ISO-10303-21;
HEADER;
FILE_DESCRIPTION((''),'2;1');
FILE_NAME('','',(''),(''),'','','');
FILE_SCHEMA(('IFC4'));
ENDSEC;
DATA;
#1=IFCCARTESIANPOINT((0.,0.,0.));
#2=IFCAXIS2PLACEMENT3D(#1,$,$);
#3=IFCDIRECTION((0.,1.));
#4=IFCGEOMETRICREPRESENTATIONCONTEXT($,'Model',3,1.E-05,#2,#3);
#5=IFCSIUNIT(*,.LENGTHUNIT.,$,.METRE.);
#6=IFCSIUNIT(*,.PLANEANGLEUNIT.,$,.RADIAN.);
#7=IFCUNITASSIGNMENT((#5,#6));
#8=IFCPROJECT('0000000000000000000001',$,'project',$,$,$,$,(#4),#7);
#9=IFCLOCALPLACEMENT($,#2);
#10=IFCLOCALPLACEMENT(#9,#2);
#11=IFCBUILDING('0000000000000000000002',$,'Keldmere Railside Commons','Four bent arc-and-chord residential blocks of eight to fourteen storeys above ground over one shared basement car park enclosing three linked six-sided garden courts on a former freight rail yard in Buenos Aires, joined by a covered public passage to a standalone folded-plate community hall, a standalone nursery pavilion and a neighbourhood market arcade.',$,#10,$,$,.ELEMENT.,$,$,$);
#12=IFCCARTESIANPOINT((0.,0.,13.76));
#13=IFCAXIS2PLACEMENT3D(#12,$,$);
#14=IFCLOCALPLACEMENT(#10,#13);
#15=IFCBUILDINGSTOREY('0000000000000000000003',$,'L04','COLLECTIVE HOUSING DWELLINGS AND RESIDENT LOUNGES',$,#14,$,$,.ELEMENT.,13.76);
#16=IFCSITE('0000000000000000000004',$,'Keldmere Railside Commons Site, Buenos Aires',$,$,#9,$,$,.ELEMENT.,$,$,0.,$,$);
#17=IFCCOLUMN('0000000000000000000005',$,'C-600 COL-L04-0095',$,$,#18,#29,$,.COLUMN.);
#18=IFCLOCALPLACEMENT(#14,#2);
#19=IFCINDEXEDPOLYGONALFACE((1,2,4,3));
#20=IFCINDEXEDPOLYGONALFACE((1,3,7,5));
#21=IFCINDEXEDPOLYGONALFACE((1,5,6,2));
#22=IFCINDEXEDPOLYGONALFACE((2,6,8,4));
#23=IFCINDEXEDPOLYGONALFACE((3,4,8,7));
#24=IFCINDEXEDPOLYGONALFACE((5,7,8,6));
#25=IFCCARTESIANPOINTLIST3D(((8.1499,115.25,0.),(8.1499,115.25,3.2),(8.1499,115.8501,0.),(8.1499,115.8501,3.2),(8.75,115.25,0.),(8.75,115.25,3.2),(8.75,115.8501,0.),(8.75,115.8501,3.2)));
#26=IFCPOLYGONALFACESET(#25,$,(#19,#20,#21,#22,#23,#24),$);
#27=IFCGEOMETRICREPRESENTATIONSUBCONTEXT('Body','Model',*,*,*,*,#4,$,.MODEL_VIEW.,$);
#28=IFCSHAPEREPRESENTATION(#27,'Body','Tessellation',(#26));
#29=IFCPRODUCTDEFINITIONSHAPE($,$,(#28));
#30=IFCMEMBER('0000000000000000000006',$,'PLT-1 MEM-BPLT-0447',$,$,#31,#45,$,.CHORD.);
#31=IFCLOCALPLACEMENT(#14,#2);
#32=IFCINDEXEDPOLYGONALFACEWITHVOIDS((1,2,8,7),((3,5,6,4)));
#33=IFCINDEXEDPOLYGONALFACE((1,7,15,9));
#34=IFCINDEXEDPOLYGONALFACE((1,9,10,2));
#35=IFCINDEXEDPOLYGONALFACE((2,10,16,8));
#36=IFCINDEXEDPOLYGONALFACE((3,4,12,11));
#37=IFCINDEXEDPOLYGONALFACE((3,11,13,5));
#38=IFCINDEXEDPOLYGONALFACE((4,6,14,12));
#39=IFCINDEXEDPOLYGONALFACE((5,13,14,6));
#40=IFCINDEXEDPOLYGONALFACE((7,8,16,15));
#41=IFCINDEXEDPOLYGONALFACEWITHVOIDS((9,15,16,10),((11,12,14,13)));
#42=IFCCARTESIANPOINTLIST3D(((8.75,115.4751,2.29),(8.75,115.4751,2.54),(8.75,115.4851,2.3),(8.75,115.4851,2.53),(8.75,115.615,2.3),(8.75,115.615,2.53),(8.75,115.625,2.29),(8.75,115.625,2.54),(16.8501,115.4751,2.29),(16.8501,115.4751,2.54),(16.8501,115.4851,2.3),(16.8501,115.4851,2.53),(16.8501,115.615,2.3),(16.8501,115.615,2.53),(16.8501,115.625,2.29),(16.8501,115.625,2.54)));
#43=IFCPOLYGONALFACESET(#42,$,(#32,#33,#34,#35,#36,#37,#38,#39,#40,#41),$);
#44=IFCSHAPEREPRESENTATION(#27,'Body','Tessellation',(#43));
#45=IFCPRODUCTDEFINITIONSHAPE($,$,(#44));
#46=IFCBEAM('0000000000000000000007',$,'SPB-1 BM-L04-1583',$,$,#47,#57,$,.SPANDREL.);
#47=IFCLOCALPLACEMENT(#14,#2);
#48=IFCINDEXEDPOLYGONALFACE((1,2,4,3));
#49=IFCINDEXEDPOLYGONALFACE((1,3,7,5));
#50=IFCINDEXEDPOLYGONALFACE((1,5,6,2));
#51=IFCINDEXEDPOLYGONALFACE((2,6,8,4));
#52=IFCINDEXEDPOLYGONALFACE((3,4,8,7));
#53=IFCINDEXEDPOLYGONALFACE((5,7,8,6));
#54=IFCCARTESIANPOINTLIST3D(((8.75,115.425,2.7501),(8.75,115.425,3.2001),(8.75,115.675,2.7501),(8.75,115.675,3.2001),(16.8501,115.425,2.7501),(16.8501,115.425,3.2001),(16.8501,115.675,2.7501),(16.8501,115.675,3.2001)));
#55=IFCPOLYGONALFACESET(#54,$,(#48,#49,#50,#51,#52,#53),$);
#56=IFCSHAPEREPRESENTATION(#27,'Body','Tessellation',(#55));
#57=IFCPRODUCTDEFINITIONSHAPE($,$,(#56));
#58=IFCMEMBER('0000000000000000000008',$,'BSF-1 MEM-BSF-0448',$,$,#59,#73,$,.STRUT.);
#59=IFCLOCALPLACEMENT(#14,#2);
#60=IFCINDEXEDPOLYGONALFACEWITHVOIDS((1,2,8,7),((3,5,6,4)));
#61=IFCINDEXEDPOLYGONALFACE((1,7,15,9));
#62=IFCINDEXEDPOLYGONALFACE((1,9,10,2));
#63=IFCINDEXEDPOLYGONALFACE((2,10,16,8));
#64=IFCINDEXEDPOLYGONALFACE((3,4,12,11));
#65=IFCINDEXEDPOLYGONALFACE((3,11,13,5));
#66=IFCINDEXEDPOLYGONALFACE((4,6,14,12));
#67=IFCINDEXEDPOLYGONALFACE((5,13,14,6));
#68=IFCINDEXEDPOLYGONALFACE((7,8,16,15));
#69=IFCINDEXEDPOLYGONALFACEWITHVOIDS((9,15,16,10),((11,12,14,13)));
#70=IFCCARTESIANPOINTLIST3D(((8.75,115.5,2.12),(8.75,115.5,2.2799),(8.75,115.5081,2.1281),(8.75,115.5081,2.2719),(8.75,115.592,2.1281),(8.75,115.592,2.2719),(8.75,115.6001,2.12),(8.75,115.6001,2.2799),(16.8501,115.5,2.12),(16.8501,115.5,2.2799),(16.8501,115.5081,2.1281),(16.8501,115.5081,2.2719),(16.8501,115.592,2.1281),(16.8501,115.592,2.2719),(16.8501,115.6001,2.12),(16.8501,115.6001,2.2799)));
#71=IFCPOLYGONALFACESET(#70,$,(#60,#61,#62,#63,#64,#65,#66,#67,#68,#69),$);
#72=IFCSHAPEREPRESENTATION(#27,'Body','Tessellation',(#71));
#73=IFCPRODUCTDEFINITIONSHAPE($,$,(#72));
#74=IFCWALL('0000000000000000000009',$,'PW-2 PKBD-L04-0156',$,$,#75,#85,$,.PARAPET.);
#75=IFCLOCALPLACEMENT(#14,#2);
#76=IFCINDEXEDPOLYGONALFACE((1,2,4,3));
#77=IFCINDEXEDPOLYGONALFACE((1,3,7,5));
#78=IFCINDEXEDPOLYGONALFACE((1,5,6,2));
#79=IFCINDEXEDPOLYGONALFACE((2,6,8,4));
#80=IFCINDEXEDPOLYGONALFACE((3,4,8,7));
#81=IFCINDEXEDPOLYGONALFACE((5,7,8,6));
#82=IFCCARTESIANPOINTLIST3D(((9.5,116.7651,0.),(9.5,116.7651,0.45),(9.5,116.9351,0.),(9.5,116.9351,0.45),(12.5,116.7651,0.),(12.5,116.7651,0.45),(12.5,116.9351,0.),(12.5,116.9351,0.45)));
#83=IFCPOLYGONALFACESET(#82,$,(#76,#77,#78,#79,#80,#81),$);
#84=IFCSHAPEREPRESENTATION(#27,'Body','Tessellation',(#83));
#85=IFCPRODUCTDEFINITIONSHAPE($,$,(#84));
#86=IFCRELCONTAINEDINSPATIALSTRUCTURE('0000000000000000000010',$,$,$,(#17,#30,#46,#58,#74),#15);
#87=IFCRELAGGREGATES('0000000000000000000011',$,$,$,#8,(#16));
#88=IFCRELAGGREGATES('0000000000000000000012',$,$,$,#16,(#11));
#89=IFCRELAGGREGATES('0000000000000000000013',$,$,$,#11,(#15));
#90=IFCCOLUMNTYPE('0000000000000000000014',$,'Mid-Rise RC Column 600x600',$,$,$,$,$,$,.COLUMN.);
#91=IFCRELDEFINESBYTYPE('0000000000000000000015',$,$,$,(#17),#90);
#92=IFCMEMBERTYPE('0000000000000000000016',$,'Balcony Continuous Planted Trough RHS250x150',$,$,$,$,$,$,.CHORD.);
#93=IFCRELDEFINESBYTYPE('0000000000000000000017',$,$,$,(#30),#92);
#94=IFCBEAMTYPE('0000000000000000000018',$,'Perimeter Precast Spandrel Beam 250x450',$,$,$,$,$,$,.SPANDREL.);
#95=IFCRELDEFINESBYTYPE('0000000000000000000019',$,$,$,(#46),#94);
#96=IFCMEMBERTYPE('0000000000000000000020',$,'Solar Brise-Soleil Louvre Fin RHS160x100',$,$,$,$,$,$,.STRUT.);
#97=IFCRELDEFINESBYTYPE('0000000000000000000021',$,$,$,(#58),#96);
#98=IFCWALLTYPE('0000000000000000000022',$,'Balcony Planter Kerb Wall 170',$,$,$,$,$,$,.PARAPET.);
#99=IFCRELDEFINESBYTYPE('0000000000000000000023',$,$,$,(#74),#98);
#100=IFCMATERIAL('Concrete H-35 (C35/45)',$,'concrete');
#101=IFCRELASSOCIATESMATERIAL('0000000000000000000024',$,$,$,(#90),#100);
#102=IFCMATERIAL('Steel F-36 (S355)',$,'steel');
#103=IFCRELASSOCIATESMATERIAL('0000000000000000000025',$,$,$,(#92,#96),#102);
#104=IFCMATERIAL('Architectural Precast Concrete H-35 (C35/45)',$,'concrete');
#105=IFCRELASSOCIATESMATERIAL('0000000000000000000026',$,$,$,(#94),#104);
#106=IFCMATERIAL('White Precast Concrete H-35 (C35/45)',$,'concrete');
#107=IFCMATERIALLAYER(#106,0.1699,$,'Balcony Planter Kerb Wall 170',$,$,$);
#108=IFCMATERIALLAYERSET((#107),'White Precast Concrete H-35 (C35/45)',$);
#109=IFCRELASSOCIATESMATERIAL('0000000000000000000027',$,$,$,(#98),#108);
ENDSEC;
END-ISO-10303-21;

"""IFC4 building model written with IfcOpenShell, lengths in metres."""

from ifc_helpers import new_model, si_unit, direction, frame, frame_2d, origin, origin_2d, place, context, subcontext, project, spatial, rectangle, hollow_rectangle, extrude, material, layer, layer_set, material_profile, profile_set, type_object, element, save


model = new_model("IFC4")

# Units and contexts
model_context = context("Model", 3, precision=1e-05, world=origin(), true_north=direction((0.0, 1.0)))
body_context = subcontext(model_context, "Body", "Model", "MODEL_VIEW")
ifc_project = project(units=[si_unit("LENGTHUNIT", "METRE"), si_unit("PLANEANGLEUNIT", "RADIAN")], contexts=[model_context])

# Site, building, storey
site_placement = place(None, origin())
site = spatial("IfcSite", under=ifc_project, at=site_placement, Name="Keldmere Railside Commons Site, Buenos Aires", CompositionType="ELEMENT", RefElevation=0.0)
building_placement = place(site_placement, origin())
building = spatial("IfcBuilding", under=site, at=building_placement, Name="Keldmere Railside Commons", Description="Four bent arc-and-chord residential blocks of eight to fourteen storeys above ground over one shared basement car park enclosing three linked six-sided garden courts on a former freight rail yard in Buenos Aires, joined by a covered public passage to a standalone folded-plate community hall, a standalone nursery pavilion and a neighbourhood market arcade.", CompositionType="ELEMENT")
storey_placement = place(building_placement, frame((0.0, 0.0, 13.76)))
storey = spatial("IfcBuildingStorey", under=building, at=storey_placement, Name="L04", Description="COLLECTIVE HOUSING DWELLINGS AND RESIDENT LOUNGES", CompositionType="ELEMENT", Elevation=13.76)

# Column
ifc_material_1 = material(Name="Concrete H-35 (C35/45)", Category="concrete")
ifc_material_profile_1 = material_profile(ifc_material_1, rectangle(XDim=0.6001, YDim=0.6001, at=origin_2d()), Name="RC-600x600")
ifc_profile_set_1 = profile_set([ifc_material_profile_1], Name="Concrete H-35 (C35/45)")
column_type = type_object("IfcColumnType", Name="Mid-Rise RC Column 600x600", PredefinedType="COLUMN", material=ifc_profile_set_1)
column_placement = place(storey_placement, frame((8.45, 115.55, 0.0), z_axis=(0.0, 0.0, 1.0), x_axis=(1.0, 0.0, 0.0)))
element("IfcColumn", 1, at=column_placement, inside=storey, type_object=column_type, Name="C-600 COL-L04-0095", PredefinedType="COLUMN", context=body_context, shape_type="SweptSolid", body=[
    extrude(rectangle(XDim=0.6001, YDim=0.6001, at=origin_2d()), origin(), (0.0, 0.0, 1.0), 3.2),
])

# Member
ifc_material_2 = material(Name="Steel F-36 (S355)", Category="steel")
ifc_material_profile_2 = material_profile(ifc_material_2, hollow_rectangle(XDim=0.1499, YDim=0.25, WallThickness=0.01, at=origin_2d()), Name="RHS-250x150x10")
ifc_profile_set_2 = profile_set([ifc_material_profile_2], Name="Steel F-36 (S355)")
member_type_1 = type_object("IfcMemberType", Name="Balcony Continuous Planted Trough RHS250x150", PredefinedType="CHORD", material=ifc_profile_set_2)
member_1_placement = place(storey_placement, frame((8.75, 115.55, 2.415), z_axis=(1.0, 0.0, 0.0), x_axis=(0.0, 1.0, 0.0)))
element("IfcMember", 2, at=member_1_placement, inside=storey, type_object=member_type_1, Name="PLT-1 MEM-BPLT-0447", PredefinedType="CHORD", context=body_context, shape_type="SweptSolid", body=[
    extrude(hollow_rectangle(XDim=0.1499, YDim=0.25, WallThickness=0.01, at=origin_2d()), origin(), (0.0, 0.0, 1.0), 8.1001),
])

# Beam
ifc_material_3 = material(Name="Architectural Precast Concrete H-35 (C35/45)", Category="concrete")
ifc_material_profile_3 = material_profile(ifc_material_3, rectangle(XDim=0.25, YDim=0.45, at=origin_2d()), Name="RC-250x450")
ifc_profile_set_3 = profile_set([ifc_material_profile_3], Name="Architectural Precast Concrete H-35 (C35/45)")
beam_type = type_object("IfcBeamType", Name="Perimeter Precast Spandrel Beam 250x450", PredefinedType="SPANDREL", material=ifc_profile_set_3)
beam_placement = place(storey_placement, frame((8.75, 115.55, 2.9751), z_axis=(1.0, 0.0, 0.0), x_axis=(0.0, 1.0, 0.0)))
element("IfcBeam", 3, at=beam_placement, inside=storey, type_object=beam_type, Name="SPB-1 BM-L04-1583", PredefinedType="SPANDREL", context=body_context, shape_type="SweptSolid", body=[
    extrude(rectangle(XDim=0.25, YDim=0.45, at=origin_2d()), origin(), (0.0, 0.0, 1.0), 8.1001),
])

# Member
ifc_material_profile_4 = material_profile(ifc_material_2, hollow_rectangle(XDim=0.1001, YDim=0.1599, WallThickness=0.0081, at=origin_2d()), Name="RHS-160x100x8")
ifc_profile_set_4 = profile_set([ifc_material_profile_4], Name="Steel F-36 (S355)")
member_type_2 = type_object("IfcMemberType", Name="Solar Brise-Soleil Louvre Fin RHS160x100", PredefinedType="STRUT", material=ifc_profile_set_4)
member_2_placement = place(storey_placement, frame((8.75, 115.55, 2.2), z_axis=(1.0, 0.0, 0.0), x_axis=(0.0, 1.0, 0.0)))
element("IfcMember", 4, at=member_2_placement, inside=storey, type_object=member_type_2, Name="BSF-1 MEM-BSF-0448", PredefinedType="STRUT", context=body_context, shape_type="SweptSolid", body=[
    extrude(hollow_rectangle(XDim=0.1001, YDim=0.1599, WallThickness=0.0081, at=origin_2d()), origin(), (0.0, 0.0, 1.0), 8.1001),
])

# Wall
ifc_material_4 = material(Name="White Precast Concrete H-35 (C35/45)", Category="concrete")
ifc_layer_1 = layer(ifc_material_4, 0.1699, Name="Balcony Planter Kerb Wall 170")
ifc_layer_set_1 = layer_set([ifc_layer_1], Name="White Precast Concrete H-35 (C35/45)")
wall_type_1 = type_object("IfcWallType", Name="Balcony Planter Kerb Wall 170", PredefinedType="PARAPET", material=ifc_layer_set_1)
wall_1_placement = place(storey_placement, frame((9.5, 116.8501, 0.0), z_axis=(0.0, 0.0, 1.0), x_axis=(1.0, 0.0, 0.0)))
element("IfcWall", 5, at=wall_1_placement, inside=storey, type_object=wall_type_1, Name="PW-2 PKBD-L04-0156", PredefinedType="PARAPET", context=body_context, shape_type="SweptSolid", body=[
    extrude(rectangle(XDim=3.0, YDim=0.1699, at=frame_2d((1.5, 0.0))), origin(), (0.0, 0.0, 1.0), 0.45),
])

save(model, "model.ifc")
